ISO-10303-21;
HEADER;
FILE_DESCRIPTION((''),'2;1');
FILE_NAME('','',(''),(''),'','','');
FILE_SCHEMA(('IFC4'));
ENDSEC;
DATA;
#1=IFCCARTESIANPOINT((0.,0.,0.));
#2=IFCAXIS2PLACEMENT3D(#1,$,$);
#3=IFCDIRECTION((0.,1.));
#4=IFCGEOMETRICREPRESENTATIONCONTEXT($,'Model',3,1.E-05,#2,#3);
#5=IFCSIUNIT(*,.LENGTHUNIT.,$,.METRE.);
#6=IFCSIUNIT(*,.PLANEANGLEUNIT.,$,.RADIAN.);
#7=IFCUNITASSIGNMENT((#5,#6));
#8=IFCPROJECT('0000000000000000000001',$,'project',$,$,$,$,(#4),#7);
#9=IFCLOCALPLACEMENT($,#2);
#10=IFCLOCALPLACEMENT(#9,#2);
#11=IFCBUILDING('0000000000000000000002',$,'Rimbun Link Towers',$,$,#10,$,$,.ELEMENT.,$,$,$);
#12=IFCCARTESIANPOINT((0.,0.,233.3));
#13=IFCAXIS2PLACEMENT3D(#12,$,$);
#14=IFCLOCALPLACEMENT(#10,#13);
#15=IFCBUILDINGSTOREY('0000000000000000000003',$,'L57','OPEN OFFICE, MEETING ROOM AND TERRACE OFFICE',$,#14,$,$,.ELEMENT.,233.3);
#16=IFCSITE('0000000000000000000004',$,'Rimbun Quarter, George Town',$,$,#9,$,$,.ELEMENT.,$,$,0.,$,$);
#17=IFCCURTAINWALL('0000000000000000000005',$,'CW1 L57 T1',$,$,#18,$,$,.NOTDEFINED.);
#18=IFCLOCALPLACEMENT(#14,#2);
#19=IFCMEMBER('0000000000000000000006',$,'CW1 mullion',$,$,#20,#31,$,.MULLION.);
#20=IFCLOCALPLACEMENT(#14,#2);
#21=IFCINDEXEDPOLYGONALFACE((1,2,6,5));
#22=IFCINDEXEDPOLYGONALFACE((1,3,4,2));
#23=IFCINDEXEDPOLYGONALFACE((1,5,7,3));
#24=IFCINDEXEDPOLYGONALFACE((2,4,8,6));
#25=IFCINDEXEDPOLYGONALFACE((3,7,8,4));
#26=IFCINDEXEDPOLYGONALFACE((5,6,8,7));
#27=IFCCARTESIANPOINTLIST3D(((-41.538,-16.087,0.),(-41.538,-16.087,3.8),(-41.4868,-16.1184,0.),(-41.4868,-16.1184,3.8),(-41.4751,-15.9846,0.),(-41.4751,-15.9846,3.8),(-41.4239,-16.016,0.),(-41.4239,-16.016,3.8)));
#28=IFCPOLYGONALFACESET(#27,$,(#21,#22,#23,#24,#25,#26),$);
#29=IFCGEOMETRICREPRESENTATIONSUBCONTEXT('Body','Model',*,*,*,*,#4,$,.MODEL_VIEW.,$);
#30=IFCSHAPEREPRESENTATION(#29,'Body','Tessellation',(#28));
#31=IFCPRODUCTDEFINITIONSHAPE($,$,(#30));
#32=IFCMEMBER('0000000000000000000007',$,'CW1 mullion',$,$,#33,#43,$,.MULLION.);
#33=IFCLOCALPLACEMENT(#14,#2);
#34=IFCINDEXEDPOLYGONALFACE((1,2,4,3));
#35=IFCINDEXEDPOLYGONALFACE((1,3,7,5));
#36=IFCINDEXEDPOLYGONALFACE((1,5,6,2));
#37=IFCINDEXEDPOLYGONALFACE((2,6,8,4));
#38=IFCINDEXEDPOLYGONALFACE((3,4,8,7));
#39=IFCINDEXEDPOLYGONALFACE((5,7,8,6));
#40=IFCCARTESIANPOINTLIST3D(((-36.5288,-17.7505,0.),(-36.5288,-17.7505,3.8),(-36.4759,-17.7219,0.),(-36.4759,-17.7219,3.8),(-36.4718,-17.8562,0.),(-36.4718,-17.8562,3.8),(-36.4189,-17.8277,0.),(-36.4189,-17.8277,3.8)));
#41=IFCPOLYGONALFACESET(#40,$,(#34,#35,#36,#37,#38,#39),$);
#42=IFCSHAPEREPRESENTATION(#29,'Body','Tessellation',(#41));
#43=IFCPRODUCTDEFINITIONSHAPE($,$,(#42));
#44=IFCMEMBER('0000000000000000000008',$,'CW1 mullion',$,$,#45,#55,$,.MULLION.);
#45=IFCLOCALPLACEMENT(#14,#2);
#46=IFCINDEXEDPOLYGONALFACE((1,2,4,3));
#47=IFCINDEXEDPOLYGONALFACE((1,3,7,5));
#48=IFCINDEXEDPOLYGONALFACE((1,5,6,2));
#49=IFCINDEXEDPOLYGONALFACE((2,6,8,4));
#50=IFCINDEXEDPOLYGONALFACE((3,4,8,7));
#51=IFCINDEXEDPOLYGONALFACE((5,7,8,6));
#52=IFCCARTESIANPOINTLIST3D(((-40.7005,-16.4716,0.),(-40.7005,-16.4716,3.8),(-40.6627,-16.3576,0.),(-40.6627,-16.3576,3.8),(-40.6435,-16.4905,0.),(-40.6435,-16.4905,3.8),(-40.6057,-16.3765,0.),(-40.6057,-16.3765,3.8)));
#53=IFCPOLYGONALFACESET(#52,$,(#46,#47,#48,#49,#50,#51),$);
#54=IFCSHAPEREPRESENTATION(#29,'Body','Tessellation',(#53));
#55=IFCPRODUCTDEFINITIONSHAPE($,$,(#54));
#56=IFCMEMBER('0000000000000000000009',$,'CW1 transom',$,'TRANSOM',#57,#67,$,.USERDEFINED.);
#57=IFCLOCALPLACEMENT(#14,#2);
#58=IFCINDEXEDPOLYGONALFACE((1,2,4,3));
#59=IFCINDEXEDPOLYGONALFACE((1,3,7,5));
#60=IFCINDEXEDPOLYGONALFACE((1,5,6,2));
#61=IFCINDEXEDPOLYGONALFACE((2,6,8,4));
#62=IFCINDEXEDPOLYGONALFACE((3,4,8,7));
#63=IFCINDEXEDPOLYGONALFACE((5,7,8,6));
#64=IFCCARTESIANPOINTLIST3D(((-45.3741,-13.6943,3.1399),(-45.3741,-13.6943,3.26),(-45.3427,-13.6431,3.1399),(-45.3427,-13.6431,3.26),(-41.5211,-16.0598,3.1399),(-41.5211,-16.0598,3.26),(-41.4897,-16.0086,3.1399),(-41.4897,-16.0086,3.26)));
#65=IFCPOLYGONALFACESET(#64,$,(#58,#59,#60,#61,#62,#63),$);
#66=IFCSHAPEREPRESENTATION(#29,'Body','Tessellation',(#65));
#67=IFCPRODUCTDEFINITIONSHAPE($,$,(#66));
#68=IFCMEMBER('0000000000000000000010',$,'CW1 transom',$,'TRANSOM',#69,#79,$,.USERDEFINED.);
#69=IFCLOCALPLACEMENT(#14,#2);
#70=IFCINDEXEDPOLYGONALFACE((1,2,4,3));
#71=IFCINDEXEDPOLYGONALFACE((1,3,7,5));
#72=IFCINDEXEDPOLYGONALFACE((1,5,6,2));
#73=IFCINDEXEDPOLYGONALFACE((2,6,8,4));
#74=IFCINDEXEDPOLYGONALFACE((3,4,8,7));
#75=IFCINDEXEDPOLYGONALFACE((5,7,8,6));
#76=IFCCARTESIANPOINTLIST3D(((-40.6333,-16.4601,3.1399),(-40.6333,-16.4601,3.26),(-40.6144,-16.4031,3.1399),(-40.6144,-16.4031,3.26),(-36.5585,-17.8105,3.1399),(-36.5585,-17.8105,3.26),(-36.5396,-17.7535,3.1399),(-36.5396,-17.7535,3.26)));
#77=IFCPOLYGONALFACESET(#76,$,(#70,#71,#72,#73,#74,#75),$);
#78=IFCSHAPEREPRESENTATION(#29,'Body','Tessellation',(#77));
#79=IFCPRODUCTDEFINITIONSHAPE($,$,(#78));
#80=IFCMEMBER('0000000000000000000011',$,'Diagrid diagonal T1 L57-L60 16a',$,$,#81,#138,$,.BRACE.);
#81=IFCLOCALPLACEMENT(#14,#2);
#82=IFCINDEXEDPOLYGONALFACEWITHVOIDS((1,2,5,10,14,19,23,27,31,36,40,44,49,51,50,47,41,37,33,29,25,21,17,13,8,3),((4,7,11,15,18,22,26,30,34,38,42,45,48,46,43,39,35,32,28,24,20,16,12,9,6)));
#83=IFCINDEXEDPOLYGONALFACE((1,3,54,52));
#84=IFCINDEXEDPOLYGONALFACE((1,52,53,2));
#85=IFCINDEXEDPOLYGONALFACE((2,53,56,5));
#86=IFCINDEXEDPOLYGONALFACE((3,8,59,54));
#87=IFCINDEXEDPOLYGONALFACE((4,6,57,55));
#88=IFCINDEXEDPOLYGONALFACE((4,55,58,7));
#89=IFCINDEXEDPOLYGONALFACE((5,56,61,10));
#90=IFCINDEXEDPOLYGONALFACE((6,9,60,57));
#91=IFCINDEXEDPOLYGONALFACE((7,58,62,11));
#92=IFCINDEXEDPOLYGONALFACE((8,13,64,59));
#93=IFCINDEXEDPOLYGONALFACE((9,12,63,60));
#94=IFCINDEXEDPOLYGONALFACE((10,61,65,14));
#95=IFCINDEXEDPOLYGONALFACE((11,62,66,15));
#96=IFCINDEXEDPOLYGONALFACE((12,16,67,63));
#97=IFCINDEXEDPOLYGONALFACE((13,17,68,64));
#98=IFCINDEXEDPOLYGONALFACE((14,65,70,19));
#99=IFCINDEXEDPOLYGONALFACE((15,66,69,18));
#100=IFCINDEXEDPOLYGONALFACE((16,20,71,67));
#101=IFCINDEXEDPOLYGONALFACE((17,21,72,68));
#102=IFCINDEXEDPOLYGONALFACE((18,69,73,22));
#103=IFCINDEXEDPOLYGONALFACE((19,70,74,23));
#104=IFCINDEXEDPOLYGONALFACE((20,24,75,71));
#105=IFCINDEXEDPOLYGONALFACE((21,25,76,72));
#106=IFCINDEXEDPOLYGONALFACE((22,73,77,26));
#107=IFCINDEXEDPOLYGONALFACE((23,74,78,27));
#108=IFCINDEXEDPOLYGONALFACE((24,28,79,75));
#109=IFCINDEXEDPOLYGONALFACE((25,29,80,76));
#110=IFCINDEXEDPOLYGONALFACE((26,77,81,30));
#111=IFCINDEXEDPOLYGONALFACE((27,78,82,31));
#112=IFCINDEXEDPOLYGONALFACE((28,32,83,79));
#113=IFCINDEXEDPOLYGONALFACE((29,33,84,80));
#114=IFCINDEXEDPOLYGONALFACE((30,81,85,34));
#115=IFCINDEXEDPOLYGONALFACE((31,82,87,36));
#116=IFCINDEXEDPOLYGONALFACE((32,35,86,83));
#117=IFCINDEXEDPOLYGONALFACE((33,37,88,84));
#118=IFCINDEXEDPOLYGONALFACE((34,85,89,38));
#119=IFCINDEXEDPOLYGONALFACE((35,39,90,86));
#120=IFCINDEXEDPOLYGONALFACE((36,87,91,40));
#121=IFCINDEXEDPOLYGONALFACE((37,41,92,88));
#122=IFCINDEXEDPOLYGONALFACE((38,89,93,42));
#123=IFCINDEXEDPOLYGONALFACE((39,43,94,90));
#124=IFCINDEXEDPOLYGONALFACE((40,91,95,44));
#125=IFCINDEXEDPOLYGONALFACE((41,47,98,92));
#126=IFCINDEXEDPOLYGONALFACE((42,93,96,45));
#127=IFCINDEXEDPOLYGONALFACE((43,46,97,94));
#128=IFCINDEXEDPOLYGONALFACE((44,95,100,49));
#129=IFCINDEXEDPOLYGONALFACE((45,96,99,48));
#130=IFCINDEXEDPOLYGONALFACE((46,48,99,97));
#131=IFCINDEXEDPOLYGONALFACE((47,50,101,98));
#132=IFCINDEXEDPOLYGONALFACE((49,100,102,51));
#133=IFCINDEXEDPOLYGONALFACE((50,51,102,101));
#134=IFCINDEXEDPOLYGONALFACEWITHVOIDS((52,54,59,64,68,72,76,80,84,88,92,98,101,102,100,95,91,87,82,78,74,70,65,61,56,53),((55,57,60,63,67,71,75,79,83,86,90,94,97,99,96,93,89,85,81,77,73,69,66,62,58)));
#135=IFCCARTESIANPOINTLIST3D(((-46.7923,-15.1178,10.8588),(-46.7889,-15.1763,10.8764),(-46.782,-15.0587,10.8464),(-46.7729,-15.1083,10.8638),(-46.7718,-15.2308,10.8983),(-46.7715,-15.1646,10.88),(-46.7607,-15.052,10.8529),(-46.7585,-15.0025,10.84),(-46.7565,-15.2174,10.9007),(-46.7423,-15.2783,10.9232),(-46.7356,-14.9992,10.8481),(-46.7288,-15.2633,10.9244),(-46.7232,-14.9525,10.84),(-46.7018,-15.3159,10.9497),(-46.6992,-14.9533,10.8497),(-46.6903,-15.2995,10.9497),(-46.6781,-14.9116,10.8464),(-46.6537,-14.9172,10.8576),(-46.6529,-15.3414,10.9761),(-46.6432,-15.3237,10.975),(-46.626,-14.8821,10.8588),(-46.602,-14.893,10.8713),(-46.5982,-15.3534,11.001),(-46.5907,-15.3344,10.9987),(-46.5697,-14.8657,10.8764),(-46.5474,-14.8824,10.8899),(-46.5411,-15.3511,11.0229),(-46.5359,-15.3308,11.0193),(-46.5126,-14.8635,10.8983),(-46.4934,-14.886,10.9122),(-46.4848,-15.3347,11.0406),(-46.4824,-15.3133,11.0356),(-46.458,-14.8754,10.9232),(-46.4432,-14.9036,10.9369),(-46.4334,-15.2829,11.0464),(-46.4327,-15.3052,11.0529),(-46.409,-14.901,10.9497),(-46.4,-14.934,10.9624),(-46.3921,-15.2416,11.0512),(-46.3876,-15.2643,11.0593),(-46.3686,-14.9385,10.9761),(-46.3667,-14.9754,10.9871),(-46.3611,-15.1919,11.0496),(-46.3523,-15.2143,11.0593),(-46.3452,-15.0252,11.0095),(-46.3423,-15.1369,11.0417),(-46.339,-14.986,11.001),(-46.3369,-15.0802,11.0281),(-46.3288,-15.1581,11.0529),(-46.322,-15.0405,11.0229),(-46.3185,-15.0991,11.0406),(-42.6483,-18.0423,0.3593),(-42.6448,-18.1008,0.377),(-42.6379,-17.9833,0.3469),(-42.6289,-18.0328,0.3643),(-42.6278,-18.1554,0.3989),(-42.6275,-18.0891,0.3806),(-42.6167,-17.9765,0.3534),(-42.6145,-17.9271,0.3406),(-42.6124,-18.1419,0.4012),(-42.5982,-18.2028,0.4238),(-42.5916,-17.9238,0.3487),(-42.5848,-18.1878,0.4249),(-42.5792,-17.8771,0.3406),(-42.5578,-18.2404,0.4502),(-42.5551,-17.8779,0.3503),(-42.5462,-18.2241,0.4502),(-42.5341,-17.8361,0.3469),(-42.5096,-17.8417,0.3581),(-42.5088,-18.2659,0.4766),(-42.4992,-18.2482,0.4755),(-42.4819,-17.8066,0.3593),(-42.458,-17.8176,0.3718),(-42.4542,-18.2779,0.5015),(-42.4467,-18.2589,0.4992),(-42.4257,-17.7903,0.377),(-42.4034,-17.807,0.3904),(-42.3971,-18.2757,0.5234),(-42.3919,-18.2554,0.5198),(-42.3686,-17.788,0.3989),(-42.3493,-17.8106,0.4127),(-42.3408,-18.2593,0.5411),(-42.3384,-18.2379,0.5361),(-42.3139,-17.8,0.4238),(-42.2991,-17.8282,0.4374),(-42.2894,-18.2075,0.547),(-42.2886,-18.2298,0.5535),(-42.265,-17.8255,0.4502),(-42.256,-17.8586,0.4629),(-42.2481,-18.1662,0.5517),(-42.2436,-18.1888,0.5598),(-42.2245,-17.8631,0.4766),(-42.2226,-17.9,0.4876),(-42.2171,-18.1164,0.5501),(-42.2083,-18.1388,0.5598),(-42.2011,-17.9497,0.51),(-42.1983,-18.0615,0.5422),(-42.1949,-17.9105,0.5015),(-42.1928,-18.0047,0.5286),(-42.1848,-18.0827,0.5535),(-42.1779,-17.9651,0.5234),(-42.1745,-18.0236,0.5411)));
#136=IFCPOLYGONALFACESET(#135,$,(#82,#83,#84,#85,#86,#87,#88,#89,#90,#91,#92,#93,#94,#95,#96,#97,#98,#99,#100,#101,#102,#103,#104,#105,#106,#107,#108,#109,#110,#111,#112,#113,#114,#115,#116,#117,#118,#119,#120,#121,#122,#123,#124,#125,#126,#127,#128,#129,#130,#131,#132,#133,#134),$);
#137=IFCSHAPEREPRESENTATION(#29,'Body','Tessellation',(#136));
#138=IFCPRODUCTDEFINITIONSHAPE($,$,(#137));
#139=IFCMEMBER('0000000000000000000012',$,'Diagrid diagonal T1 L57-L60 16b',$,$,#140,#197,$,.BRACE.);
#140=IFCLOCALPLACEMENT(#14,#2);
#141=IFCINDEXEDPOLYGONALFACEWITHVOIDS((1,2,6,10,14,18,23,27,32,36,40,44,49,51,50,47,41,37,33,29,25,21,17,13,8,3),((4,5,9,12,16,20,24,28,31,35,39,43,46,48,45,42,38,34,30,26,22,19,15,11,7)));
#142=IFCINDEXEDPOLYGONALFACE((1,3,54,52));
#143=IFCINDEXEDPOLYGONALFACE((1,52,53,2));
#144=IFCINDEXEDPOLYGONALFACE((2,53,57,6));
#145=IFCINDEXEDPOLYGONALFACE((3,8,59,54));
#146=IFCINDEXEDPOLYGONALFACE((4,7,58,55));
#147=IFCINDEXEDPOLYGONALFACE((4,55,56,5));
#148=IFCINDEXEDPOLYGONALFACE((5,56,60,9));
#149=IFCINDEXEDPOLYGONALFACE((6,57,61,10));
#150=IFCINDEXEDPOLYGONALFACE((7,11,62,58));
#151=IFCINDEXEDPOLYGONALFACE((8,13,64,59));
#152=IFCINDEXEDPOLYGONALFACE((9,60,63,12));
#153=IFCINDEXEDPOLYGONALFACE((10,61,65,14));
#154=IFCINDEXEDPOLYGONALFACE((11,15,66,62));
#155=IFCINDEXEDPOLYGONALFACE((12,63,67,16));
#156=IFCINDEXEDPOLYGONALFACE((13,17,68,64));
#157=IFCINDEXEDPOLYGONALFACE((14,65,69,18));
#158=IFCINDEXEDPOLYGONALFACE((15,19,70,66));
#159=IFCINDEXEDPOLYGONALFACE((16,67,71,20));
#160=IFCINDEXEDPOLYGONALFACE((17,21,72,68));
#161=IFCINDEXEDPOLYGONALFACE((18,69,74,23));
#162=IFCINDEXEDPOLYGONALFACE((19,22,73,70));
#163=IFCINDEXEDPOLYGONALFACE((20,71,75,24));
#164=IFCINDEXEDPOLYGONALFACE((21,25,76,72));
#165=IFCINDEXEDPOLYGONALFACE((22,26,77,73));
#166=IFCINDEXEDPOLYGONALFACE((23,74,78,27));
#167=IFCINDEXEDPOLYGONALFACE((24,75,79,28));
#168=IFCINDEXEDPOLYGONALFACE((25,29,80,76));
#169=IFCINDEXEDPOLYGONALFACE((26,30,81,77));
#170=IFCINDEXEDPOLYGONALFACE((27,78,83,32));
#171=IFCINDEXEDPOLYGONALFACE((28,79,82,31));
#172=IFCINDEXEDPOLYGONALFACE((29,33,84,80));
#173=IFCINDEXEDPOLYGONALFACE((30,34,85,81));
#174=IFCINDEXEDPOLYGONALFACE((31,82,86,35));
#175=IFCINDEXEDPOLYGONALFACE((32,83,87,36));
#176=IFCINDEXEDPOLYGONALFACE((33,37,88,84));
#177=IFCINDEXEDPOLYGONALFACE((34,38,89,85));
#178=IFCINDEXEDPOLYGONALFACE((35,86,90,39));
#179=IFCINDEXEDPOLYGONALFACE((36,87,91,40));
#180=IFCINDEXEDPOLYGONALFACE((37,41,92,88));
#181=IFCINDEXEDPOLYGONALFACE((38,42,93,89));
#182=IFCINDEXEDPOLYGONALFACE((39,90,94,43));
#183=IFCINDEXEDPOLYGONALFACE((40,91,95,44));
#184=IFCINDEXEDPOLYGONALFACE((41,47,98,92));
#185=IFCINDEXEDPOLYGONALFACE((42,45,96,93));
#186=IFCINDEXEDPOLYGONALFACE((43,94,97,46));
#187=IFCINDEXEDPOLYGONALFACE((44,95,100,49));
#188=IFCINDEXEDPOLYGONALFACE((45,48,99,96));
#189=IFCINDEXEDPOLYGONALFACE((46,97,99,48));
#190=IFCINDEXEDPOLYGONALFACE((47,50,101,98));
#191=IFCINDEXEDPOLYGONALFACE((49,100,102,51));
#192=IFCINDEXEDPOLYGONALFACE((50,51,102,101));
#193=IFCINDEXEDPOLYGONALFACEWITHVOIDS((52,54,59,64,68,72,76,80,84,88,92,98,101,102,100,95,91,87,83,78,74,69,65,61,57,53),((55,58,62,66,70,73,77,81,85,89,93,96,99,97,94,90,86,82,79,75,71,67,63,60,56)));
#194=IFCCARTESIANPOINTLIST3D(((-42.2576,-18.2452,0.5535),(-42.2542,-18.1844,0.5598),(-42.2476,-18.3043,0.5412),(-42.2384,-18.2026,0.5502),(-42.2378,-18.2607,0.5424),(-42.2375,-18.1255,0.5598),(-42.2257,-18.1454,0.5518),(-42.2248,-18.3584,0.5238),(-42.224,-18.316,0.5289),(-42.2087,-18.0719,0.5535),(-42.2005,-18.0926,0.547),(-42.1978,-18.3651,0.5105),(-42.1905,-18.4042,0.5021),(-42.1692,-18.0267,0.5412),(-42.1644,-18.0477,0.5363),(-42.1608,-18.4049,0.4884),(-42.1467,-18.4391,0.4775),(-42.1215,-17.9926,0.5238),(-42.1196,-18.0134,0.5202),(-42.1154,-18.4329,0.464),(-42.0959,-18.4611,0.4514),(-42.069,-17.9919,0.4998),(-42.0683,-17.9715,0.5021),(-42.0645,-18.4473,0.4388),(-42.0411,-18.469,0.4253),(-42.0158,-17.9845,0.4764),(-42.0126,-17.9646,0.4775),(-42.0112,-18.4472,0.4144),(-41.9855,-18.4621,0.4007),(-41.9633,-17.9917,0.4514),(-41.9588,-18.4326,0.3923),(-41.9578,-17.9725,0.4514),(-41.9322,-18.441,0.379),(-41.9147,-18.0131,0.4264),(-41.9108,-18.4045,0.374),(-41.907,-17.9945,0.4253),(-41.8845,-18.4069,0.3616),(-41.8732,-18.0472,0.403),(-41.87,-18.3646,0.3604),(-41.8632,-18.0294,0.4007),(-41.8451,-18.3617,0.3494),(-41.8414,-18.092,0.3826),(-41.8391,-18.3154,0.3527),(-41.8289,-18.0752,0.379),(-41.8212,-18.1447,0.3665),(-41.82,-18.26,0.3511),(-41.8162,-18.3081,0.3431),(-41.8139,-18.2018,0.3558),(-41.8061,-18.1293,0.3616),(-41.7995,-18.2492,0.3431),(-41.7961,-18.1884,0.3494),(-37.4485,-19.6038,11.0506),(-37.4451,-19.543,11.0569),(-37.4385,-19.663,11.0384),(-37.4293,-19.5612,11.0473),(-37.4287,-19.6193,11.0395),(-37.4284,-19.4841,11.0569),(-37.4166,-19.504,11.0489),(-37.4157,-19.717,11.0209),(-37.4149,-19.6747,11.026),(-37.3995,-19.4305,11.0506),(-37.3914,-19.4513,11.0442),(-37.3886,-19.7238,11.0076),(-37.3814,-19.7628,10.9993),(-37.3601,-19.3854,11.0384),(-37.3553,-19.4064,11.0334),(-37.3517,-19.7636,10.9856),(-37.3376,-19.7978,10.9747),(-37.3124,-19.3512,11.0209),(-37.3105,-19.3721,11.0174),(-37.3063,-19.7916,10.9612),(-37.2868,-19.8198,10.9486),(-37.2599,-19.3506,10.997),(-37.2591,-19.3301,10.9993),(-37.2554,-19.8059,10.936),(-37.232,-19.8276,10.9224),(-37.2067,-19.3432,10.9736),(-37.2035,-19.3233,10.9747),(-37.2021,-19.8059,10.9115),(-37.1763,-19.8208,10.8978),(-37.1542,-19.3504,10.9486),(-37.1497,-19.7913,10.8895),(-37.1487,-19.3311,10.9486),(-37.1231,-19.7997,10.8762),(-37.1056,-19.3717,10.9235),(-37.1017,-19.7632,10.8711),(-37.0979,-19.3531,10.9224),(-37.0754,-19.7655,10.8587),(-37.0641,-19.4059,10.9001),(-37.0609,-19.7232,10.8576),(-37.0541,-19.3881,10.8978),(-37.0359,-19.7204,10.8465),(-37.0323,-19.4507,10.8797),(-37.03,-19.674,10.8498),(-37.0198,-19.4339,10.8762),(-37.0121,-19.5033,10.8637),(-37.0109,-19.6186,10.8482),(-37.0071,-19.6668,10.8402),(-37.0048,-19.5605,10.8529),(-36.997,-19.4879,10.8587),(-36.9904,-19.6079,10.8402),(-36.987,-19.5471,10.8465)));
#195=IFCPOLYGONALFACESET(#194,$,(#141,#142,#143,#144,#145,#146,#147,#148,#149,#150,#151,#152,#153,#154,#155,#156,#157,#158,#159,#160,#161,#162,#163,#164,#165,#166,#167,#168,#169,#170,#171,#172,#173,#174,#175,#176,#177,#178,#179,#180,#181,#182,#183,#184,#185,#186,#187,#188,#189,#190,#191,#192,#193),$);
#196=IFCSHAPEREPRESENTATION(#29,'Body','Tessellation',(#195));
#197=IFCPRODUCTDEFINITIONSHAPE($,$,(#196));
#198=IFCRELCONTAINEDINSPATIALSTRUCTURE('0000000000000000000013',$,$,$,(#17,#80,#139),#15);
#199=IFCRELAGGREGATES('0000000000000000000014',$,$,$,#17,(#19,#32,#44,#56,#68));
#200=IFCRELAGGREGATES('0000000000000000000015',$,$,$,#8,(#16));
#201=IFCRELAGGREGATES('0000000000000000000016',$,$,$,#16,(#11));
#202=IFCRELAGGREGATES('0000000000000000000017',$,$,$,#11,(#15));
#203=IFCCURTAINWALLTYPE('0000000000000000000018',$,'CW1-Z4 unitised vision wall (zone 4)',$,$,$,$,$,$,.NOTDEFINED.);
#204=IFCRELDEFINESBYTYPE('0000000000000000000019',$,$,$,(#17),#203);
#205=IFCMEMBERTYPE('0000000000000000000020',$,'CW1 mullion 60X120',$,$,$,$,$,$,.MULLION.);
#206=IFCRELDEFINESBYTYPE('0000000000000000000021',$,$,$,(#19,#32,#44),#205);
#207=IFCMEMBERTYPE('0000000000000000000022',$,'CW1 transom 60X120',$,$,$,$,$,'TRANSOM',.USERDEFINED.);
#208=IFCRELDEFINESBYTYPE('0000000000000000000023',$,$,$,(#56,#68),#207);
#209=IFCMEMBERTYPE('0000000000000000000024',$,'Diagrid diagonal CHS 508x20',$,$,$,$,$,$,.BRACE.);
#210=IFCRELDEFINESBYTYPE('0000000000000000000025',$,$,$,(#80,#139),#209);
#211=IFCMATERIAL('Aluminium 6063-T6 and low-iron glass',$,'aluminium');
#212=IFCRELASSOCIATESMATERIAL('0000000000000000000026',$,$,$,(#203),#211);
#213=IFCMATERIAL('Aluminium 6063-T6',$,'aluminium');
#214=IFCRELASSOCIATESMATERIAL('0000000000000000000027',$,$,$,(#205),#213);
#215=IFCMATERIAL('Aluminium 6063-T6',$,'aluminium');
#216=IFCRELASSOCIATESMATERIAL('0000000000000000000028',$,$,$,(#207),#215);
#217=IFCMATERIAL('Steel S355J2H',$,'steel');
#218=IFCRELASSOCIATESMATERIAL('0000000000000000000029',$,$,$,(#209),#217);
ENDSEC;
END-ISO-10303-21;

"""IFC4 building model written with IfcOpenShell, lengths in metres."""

from ifc_helpers import new_model, si_unit, direction, frame, origin, origin_2d, place, context, subcontext, project, spatial, rectangle, hollow_circle, extrude, material, material_profile, profile_set, type_object, element, aggregate, save


model = new_model("IFC4")

# Units and contexts
model_context = context("Model", 3, precision=1e-05, world=origin(), true_north=direction((0.0, 1.0)))
body_context = subcontext(model_context, "Body", "Model", "MODEL_VIEW")
ifc_project = project(units=[si_unit("LENGTHUNIT", "METRE"), si_unit("PLANEANGLEUNIT", "RADIAN")], contexts=[model_context])

# Site, building, storey
site_placement = place(None, origin())
site = spatial("IfcSite", under=ifc_project, at=site_placement, Name="Rimbun Quarter, George Town", CompositionType="ELEMENT", RefElevation=0.0)
building_placement = place(site_placement, origin())
building = spatial("IfcBuilding", under=site, at=building_placement, Name="Rimbun Link Towers", CompositionType="ELEMENT")
storey_placement = place(building_placement, frame((0.0, 0.0, 233.3)))
storey = spatial("IfcBuildingStorey", under=building, at=storey_placement, Name="L57", Description="OPEN OFFICE, MEETING ROOM AND TERRACE OFFICE", CompositionType="ELEMENT", Elevation=233.3)

# Curtain wall, members
ifc_material_1 = material(Name="Aluminium 6063-T6 and low-iron glass", Category="aluminium")
curtain_wall_type = type_object("IfcCurtainWallType", Name="CW1-Z4 unitised vision wall (zone 4)", PredefinedType="NOTDEFINED", material=ifc_material_1)
curtain_wall_placement = place(storey_placement, origin())
curtain_wall = element("IfcCurtainWall", 1, at=curtain_wall_placement, inside=storey, type_object=curtain_wall_type, Name="CW1 L57 T1", PredefinedType="NOTDEFINED")
ifc_material_2 = material(Name="Aluminium 6063-T6", Category="aluminium")
ifc_material_profile_1 = material_profile(ifc_material_2, rectangle(XDim=0.1201, YDim=0.0601, at=origin_2d()), Name="MULLION 60X120")
ifc_profile_set_1 = profile_set([ifc_material_profile_1], Name="Aluminium 6063-T6")
member_type_1 = type_object("IfcMemberType", Name="CW1 mullion 60X120", PredefinedType="MULLION", material=ifc_profile_set_1)
member_1_placement = place(storey_placement, frame((-41.481, -16.0515, 0.0), z_axis=(0.0, 0.0, 1.0), x_axis=(-0.52324, -0.852185, 0.0)))
member_1 = element("IfcMember", 2, at=member_1_placement, type_object=member_type_1, Name="CW1 mullion", PredefinedType="MULLION", context=body_context, shape_type="SweptSolid", body=[
    extrude(rectangle(XDim=0.1201, YDim=0.0601, at=origin_2d()), origin(), (0.0, 0.0, 1.0), 3.8),
])
member_2_placement = place(storey_placement, frame((-36.4739, -17.7891, 0.0), z_axis=(0.0, 0.0, 1.0), x_axis=(0.474596, -0.880204, 0.0)))
member_2 = element("IfcMember", 3, at=member_2_placement, type_object=member_type_1, Name="CW1 mullion", PredefinedType="MULLION", context=body_context, shape_type="SweptSolid", body=[
    extrude(rectangle(XDim=0.1201, YDim=0.0601, at=origin_2d()), origin(), (0.0, 0.0, 1.0), 3.8),
])
member_3_placement = place(storey_placement, frame((-40.6531, -16.4241, 0.0), z_axis=(0.0, 0.0, 1.0), x_axis=(-0.31457, -0.949234, 0.0)))
member_3 = element("IfcMember", 4, at=member_3_placement, type_object=member_type_1, Name="CW1 mullion", PredefinedType="MULLION", context=body_context, shape_type="SweptSolid", body=[
    extrude(rectangle(XDim=0.1201, YDim=0.0601, at=origin_2d()), origin(), (0.0, 0.0, 1.0), 3.8),
])
ifc_material_3 = material(Name="Aluminium 6063-T6", Category="aluminium")
ifc_material_profile_2 = material_profile(ifc_material_3, rectangle(XDim=0.0601, YDim=0.1201, at=origin_2d()), Name="TRANSOM 60X120")
ifc_profile_set_2 = profile_set([ifc_material_profile_2], Name="Aluminium 6063-T6")
member_type_2 = type_object("IfcMemberType", Name="CW1 transom 60X120", ElementType="TRANSOM", PredefinedType="USERDEFINED", material=ifc_profile_set_2)
member_4_placement = place(storey_placement, frame((-41.5054, -16.0342, 3.2), z_axis=(-0.852212, 0.523196, 0.0), x_axis=(-0.523196, -0.852212, 0.0)))
member_4 = element("IfcMember", 5, at=member_4_placement, type_object=member_type_2, Name="CW1 transom", ObjectType="TRANSOM", PredefinedType="USERDEFINED", context=body_context, shape_type="SweptSolid", body=[
    extrude(rectangle(XDim=0.0601, YDim=0.1201, at=origin_2d()), origin(), (0.0, 0.0, 1.0), 4.5212),
])
member_5_placement = place(storey_placement, frame((-36.5491, -17.782, 3.2), z_axis=(-0.949234, 0.314572, 0.0), x_axis=(-0.314572, -0.949234, 0.0)))
member_5 = element("IfcMember", 6, at=member_5_placement, type_object=member_type_2, Name="CW1 transom", ObjectType="TRANSOM", PredefinedType="USERDEFINED", context=body_context, shape_type="SweptSolid", body=[
    extrude(rectangle(XDim=0.0601, YDim=0.1201, at=origin_2d()), origin(), (0.0, 0.0, 1.0), 4.2927),
])

# Members
ifc_material_4 = material(Name="Steel S355J2H", Category="steel")
ifc_material_profile_3 = material_profile(ifc_material_4, hollow_circle(Radius=0.2539, WallThickness=0.02, at=origin_2d()), Name="Diagrid diagonal CHS 508x20")
ifc_profile_set_3 = profile_set([ifc_material_profile_3], Name="Steel S355J2H")
member_type_3 = type_object("IfcMemberType", Name="Diagrid diagonal CHS 508x20", PredefinedType="BRACE", material=ifc_profile_set_3)
member_6_placement = place(storey_placement, frame((-42.4114, -18.033, 0.4502), z_axis=(-0.355393, 0.25081, 0.900439), x_axis=(-0.576598, -0.817028, 0.0)))
element("IfcMember", 7, at=member_6_placement, inside=storey, type_object=member_type_3, Name="Diagrid diagonal T1 L57-L60 16a", PredefinedType="BRACE", context=body_context, shape_type="SweptSolid", body=[
    extrude(hollow_circle(Radius=0.2539, WallThickness=0.02, at=origin_2d()), origin(), (0.0, 0.0, 1.0), 11.6604),
])
member_7_placement = place(storey_placement, frame((-42.0269, -18.2168, 0.4514), z_axis=(0.413652, -0.116863, 0.902904), x_axis=(0.271874, 0.962333, 0.0)))
element("IfcMember", 8, at=member_7_placement, inside=storey, type_object=member_type_3, Name="Diagrid diagonal T1 L57-L60 16b", PredefinedType="BRACE", context=body_context, shape_type="SweptSolid", body=[
    extrude(hollow_circle(Radius=0.2539, WallThickness=0.02, at=origin_2d()), origin(), (0.0, 0.0, 1.0), 11.626),
])

aggregate(curtain_wall, [member_1, member_2, member_3, member_4, member_5])

save(model, "model.ifc")
